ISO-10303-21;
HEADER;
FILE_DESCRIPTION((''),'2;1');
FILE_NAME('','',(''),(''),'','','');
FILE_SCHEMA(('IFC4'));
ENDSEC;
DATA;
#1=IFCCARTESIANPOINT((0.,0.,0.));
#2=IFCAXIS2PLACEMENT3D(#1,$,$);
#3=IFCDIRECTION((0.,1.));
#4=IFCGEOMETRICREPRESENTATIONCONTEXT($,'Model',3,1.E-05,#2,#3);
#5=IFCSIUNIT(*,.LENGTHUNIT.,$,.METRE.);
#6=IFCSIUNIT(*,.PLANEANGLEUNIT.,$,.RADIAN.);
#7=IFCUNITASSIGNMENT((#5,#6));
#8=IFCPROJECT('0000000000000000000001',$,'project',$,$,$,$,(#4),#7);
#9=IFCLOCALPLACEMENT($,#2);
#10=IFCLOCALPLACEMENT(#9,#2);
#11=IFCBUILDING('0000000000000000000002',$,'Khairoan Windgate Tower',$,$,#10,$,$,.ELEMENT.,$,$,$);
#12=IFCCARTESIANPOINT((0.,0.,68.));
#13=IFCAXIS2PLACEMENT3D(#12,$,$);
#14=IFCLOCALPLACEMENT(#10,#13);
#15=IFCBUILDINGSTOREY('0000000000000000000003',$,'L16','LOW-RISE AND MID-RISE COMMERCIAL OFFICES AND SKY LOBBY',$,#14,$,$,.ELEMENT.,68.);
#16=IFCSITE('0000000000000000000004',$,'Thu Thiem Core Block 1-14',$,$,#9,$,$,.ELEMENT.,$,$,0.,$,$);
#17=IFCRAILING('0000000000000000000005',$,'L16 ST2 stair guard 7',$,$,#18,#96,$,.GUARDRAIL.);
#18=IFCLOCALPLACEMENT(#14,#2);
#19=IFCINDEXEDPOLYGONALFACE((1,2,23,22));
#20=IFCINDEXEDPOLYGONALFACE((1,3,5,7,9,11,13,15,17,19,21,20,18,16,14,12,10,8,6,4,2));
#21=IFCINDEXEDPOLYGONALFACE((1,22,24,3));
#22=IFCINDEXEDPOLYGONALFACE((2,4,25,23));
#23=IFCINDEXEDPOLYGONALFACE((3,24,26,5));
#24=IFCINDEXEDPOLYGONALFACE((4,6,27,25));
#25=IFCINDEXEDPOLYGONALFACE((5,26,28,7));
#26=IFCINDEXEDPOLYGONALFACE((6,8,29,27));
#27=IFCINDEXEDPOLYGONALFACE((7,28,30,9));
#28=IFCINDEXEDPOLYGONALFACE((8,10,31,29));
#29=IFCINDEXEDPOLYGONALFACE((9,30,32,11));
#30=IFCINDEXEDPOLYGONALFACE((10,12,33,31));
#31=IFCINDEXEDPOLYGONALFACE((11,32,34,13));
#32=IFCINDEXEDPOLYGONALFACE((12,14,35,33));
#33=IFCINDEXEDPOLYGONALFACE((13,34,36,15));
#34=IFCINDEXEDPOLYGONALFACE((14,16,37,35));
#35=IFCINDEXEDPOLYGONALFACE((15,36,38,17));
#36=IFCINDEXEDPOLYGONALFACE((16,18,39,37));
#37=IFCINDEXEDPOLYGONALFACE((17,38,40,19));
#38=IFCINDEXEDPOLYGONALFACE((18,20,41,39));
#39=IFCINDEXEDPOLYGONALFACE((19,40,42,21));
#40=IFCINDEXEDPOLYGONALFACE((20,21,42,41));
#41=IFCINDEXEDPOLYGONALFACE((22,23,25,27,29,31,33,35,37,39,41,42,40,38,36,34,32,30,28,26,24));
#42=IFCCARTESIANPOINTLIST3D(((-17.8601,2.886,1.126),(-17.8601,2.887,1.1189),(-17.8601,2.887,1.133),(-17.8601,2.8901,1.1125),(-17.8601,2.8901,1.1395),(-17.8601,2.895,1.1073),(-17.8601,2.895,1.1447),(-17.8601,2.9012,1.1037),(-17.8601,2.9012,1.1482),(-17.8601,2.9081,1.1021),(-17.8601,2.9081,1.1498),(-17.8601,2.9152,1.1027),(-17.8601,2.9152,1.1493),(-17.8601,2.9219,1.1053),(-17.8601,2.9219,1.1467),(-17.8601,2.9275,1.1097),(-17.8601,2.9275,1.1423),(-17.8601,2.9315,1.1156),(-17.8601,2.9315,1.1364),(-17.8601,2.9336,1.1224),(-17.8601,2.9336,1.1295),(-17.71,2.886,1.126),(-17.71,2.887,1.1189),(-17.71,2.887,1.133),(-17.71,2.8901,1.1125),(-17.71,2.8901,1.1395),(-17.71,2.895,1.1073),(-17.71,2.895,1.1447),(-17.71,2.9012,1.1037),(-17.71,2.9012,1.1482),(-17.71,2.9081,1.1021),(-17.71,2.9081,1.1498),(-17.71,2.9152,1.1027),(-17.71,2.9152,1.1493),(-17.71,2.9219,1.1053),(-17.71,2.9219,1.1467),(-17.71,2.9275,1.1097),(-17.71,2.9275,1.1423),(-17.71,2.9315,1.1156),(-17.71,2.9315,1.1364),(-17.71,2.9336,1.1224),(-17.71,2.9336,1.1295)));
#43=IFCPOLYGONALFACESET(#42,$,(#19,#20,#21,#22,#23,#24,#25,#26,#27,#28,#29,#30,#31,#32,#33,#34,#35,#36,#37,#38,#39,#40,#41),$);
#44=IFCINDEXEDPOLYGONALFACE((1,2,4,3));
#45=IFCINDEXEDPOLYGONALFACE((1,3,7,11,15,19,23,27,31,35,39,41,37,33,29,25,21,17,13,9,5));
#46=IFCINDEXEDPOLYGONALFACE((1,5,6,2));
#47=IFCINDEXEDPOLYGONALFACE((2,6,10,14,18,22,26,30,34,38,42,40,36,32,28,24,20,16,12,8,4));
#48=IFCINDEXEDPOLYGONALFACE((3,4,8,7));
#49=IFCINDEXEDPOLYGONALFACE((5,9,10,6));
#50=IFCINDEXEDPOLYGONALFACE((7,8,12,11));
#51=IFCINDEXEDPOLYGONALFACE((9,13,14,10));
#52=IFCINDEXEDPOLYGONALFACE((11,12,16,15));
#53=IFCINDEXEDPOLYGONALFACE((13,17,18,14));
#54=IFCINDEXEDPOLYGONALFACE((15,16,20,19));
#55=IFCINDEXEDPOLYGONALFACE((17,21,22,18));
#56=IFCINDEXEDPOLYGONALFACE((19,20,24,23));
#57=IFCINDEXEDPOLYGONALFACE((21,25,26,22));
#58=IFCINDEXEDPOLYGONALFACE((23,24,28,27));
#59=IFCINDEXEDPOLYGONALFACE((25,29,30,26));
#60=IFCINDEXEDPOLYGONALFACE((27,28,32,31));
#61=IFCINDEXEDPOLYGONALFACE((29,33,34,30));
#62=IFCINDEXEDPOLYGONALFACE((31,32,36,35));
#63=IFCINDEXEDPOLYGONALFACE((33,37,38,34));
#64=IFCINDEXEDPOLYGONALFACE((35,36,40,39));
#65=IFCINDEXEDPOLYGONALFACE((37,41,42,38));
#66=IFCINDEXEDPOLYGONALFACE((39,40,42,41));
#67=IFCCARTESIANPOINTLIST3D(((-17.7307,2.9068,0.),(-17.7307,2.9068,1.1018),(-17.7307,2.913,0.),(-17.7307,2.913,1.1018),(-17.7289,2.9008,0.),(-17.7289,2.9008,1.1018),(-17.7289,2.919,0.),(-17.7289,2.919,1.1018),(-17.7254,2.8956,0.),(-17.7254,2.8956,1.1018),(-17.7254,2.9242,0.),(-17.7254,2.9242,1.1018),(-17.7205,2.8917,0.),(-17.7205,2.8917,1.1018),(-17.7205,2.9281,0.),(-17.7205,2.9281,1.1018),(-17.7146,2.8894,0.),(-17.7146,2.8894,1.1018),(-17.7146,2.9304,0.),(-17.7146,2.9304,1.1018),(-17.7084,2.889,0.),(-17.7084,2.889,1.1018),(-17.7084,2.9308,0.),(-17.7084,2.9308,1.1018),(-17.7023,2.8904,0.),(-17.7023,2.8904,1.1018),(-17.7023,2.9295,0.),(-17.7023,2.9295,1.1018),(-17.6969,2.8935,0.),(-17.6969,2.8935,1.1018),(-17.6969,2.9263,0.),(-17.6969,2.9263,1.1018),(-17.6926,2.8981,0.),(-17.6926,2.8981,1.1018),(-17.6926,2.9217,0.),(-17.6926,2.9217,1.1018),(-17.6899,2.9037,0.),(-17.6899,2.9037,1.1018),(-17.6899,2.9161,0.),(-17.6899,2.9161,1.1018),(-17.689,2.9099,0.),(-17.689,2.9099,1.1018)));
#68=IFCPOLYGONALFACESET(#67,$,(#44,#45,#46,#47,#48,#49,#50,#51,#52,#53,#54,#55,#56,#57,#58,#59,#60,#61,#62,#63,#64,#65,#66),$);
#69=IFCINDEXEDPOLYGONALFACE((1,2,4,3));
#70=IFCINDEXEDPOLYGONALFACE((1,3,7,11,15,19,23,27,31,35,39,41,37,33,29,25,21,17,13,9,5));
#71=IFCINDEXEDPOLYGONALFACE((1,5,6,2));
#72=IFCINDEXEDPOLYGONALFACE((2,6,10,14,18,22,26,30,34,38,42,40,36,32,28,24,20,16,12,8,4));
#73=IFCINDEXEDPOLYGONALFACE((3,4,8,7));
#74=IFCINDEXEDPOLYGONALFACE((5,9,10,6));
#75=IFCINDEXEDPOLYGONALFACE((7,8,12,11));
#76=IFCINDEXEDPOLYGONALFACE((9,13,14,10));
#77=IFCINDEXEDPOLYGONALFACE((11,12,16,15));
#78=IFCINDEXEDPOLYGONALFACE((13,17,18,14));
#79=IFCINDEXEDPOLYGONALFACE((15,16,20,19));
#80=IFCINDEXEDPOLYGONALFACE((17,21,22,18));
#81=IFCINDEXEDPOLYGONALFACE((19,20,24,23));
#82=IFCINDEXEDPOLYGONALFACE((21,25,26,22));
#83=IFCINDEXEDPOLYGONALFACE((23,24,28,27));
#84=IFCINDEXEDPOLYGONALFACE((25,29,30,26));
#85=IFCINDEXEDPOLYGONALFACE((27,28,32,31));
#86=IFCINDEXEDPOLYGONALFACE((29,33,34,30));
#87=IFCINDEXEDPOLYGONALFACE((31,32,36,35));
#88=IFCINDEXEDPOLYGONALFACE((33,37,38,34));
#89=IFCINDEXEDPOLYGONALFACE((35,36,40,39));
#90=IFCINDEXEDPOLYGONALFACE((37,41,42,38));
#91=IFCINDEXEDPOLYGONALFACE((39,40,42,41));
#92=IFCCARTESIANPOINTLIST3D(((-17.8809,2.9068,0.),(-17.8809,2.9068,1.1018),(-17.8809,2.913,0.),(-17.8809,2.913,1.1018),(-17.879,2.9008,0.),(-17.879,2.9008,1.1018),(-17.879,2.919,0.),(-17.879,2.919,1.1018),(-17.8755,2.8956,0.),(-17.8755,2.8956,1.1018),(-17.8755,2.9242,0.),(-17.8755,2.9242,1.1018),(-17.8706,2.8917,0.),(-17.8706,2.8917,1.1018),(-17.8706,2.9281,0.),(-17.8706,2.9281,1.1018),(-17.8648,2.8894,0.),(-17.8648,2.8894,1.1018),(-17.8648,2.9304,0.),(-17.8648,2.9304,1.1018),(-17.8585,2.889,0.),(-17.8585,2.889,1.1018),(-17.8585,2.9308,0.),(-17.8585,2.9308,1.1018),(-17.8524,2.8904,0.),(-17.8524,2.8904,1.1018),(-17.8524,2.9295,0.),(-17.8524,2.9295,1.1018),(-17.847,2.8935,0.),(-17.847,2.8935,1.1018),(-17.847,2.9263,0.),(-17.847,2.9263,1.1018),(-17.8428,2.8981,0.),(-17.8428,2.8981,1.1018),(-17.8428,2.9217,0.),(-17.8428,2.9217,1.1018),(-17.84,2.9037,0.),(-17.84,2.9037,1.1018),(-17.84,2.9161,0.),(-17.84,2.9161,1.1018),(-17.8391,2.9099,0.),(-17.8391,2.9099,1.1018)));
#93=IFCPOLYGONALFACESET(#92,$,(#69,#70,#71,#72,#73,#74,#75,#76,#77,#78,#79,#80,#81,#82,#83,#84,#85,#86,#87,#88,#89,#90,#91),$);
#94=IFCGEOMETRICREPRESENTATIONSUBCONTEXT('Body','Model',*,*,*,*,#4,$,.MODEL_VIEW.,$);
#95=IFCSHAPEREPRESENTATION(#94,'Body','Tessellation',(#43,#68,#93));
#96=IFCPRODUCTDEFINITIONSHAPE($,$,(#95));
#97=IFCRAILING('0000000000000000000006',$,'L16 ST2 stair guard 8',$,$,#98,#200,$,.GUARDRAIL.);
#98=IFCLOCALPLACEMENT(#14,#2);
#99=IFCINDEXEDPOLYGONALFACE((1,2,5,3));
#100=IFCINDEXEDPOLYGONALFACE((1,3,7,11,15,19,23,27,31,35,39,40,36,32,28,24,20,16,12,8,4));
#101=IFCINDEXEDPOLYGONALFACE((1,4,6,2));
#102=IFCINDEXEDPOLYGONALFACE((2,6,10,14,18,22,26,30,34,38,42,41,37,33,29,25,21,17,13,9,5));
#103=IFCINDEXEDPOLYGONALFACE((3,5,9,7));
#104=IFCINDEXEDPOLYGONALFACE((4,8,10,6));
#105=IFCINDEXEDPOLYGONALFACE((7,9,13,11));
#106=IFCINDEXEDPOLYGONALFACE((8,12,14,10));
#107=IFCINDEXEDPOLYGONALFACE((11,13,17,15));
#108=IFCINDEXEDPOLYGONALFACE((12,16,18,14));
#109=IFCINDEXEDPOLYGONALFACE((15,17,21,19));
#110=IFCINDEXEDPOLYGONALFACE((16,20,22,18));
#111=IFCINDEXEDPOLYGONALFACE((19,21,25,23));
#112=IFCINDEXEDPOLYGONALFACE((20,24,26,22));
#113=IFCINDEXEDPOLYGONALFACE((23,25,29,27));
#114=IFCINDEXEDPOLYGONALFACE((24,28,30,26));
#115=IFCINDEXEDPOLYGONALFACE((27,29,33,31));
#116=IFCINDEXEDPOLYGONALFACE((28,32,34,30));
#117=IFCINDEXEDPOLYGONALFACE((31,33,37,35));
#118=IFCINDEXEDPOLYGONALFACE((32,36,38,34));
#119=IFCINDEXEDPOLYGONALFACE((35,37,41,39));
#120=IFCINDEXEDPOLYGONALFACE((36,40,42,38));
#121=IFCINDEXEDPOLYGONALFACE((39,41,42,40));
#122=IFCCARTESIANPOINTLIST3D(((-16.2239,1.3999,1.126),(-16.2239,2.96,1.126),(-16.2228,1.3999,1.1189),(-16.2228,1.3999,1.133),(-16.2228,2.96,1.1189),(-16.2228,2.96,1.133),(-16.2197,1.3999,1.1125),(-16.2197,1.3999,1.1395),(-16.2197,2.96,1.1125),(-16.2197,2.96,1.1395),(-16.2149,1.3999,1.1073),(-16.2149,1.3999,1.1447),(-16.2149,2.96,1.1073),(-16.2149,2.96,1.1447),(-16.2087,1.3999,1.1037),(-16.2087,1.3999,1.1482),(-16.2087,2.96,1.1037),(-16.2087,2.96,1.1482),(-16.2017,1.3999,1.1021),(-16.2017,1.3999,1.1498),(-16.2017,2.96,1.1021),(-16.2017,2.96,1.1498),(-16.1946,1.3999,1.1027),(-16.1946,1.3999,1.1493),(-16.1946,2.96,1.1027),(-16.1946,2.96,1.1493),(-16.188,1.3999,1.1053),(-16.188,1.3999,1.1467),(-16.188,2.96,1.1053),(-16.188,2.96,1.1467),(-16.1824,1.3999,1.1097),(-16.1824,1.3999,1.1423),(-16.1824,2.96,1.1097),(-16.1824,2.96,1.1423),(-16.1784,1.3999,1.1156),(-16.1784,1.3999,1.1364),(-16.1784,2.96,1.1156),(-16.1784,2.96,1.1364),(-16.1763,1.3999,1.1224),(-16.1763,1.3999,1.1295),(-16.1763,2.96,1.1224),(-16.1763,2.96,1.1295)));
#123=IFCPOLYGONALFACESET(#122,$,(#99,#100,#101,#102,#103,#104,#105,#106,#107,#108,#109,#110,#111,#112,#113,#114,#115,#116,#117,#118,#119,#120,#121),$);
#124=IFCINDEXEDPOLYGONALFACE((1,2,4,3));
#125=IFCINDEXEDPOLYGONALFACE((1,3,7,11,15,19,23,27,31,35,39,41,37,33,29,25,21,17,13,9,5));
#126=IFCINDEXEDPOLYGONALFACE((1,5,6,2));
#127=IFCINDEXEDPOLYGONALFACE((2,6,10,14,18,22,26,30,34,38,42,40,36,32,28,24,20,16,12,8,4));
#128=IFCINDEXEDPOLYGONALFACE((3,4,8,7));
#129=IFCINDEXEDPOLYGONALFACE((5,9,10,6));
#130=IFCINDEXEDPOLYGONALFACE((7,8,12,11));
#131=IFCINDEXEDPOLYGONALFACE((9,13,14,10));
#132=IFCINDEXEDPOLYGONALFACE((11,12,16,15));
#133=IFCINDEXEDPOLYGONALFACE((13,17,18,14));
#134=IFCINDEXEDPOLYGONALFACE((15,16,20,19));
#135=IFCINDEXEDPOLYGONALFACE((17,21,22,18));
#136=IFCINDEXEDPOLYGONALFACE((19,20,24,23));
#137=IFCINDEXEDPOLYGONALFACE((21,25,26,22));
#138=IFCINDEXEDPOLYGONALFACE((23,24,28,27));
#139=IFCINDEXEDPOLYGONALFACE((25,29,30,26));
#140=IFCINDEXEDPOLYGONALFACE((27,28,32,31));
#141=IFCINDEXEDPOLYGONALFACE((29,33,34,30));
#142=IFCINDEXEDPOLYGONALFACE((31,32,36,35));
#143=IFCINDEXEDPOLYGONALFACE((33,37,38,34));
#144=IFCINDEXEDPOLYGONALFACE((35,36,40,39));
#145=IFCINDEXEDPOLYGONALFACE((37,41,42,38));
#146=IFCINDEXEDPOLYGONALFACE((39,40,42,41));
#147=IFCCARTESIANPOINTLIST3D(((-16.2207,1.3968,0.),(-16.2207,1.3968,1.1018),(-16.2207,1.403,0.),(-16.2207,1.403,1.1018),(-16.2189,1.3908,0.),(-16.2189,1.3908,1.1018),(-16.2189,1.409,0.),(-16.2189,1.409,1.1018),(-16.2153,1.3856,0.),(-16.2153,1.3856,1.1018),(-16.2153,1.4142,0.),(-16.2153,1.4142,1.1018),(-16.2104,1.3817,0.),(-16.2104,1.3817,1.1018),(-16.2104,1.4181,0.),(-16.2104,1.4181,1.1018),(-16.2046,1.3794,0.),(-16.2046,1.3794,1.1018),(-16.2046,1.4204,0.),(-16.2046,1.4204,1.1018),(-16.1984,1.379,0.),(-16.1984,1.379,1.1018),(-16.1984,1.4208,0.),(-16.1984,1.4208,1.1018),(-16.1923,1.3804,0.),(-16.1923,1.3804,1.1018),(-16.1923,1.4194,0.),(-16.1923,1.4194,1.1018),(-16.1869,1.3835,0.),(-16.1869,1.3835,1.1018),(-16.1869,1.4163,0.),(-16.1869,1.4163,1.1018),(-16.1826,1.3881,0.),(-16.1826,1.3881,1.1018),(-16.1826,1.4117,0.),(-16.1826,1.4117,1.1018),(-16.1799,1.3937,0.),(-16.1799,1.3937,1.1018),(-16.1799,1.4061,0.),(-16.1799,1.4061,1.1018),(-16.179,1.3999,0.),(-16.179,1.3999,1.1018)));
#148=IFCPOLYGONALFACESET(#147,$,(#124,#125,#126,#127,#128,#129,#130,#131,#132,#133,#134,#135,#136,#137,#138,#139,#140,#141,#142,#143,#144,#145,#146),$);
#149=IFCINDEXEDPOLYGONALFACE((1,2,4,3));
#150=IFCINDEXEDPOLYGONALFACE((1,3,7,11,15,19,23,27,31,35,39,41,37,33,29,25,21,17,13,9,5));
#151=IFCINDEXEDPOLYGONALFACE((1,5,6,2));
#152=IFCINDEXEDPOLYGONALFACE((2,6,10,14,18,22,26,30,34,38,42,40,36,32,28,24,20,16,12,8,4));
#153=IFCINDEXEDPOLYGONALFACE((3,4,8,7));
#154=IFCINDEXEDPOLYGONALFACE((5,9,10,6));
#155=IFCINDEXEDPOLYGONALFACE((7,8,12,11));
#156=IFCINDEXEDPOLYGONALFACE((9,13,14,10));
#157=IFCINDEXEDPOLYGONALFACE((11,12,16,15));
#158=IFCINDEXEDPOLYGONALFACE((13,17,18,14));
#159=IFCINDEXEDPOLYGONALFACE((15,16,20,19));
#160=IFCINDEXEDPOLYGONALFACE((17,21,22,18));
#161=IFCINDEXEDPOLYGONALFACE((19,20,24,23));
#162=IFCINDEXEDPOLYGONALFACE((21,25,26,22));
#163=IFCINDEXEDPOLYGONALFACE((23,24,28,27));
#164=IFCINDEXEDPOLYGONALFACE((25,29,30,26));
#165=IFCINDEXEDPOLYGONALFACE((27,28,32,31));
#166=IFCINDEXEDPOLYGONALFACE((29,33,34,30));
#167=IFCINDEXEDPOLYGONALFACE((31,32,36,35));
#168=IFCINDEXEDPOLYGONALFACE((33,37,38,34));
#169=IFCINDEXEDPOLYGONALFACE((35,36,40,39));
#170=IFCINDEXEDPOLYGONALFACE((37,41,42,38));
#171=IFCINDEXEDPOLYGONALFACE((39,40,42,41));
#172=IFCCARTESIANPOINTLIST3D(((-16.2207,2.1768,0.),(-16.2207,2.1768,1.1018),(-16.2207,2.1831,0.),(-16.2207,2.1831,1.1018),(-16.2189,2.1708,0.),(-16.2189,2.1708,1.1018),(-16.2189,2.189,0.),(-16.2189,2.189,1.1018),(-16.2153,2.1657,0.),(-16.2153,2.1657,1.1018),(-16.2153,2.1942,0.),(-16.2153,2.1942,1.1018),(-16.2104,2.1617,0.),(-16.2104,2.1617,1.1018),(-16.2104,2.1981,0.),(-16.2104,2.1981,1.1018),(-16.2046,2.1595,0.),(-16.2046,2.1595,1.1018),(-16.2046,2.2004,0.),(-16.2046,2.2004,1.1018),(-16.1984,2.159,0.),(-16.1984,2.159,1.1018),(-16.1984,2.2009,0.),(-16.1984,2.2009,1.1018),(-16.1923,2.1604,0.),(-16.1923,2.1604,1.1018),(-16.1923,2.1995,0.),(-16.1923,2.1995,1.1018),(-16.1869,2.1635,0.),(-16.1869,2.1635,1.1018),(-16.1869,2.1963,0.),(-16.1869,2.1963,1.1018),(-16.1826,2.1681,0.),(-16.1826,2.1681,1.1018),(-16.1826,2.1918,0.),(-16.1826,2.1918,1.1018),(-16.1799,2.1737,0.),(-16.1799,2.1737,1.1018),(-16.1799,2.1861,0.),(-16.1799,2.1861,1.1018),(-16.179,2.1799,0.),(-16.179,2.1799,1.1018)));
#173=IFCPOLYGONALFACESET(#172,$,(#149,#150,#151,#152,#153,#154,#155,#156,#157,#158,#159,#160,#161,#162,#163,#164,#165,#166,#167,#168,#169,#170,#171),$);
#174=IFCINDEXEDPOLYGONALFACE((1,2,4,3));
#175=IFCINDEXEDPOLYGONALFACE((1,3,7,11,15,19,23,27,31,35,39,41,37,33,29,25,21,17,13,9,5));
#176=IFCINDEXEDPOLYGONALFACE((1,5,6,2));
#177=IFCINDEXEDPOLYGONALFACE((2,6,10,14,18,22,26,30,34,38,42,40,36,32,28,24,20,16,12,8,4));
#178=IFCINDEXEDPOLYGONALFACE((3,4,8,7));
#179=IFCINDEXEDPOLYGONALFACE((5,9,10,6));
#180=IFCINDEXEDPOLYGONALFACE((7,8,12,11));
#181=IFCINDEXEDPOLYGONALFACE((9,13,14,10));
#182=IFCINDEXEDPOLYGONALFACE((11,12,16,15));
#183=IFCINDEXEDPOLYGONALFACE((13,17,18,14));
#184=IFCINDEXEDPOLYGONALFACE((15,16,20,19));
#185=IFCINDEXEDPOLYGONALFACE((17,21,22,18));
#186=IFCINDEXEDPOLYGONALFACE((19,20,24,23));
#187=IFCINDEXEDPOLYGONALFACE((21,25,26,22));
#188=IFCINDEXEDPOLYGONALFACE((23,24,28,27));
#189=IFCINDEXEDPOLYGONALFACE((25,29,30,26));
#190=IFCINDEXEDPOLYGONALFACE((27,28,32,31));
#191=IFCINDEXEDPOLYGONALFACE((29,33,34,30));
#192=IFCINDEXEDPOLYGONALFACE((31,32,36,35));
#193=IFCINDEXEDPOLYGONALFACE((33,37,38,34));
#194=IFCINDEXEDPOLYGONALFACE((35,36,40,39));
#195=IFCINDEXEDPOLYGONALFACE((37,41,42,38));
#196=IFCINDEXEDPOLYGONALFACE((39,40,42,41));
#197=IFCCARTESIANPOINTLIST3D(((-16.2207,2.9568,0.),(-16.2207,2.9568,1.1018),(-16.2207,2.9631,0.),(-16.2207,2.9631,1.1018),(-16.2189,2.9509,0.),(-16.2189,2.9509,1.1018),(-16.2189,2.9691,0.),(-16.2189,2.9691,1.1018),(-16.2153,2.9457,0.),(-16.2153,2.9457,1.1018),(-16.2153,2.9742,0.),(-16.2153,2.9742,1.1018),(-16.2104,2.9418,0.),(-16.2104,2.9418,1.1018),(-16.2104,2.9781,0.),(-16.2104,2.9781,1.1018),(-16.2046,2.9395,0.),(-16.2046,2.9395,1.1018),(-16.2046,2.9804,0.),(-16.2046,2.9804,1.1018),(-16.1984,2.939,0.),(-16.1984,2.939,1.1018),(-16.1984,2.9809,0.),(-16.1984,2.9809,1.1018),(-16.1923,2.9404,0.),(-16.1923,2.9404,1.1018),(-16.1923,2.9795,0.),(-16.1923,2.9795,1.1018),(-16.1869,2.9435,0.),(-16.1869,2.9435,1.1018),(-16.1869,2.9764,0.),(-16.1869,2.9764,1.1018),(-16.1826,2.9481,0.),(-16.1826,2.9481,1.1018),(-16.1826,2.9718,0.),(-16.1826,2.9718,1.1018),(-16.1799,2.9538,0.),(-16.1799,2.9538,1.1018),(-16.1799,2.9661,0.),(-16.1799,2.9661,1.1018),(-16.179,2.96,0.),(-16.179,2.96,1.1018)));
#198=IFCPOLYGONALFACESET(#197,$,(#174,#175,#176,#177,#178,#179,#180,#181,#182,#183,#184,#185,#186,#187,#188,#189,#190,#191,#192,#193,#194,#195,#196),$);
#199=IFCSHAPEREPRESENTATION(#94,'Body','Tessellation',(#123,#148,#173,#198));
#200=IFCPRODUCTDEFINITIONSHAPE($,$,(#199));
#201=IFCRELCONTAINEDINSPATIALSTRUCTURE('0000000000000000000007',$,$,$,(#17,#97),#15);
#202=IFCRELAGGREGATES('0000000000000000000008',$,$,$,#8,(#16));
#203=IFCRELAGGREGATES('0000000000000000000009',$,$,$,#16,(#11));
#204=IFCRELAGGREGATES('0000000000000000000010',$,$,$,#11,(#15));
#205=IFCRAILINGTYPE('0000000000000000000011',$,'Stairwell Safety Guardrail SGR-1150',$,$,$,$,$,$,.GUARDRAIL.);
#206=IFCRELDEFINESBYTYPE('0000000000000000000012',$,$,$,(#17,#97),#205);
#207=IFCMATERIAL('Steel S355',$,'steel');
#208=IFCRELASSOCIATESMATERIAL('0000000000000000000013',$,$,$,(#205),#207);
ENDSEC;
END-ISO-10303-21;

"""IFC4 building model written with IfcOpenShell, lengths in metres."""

from ifc_helpers import new_model, si_unit, direction, frame, origin, origin_2d, place, context, subcontext, project, spatial, circle, extrude, material, type_object, element, save


model = new_model("IFC4")

# Units and contexts
model_context = context("Model", 3, precision=1e-05, world=origin(), true_north=direction((0.0, 1.0)))
body_context = subcontext(model_context, "Body", "Model", "MODEL_VIEW")
ifc_project = project(units=[si_unit("LENGTHUNIT", "METRE"), si_unit("PLANEANGLEUNIT", "RADIAN")], contexts=[model_context])

# Site, building, storey
site_placement = place(None, origin())
site = spatial("IfcSite", under=ifc_project, at=site_placement, Name="Thu Thiem Core Block 1-14", CompositionType="ELEMENT", RefElevation=0.0)
building_placement = place(site_placement, origin())
building = spatial("IfcBuilding", under=site, at=building_placement, Name="Khairoan Windgate Tower", CompositionType="ELEMENT")
storey_placement = place(building_placement, frame((0.0, 0.0, 68.0)))
storey = spatial("IfcBuildingStorey", under=building, at=storey_placement, Name="L16", Description="LOW-RISE AND MID-RISE COMMERCIAL OFFICES AND SKY LOBBY", CompositionType="ELEMENT", Elevation=68.0)

# Railings
ifc_material_1 = material(Name="Steel S355", Category="steel")
railing_type_1 = type_object("IfcRailingType", Name="Stairwell Safety Guardrail SGR-1150", PredefinedType="GUARDRAIL", material=ifc_material_1)
railing_1_placement = place(storey_placement, frame((-17.71, 2.9099, 0.0)))
element("IfcRailing", 1, at=railing_1_placement, inside=storey, type_object=railing_type_1, Name="L16 ST2 stair guard 7", PredefinedType="GUARDRAIL", context=body_context, shape_type="SweptSolid", body=[
    extrude(circle(Radius=0.0239, at=origin_2d()), frame((0.0, 0.0, 1.126), z_axis=(-1.0, 0.0, 0.0), x_axis=(0.0, -1.0, 0.0)), (0.0, 0.0, 1.0), 0.1501),
    extrude(circle(Radius=0.021, at=origin_2d()), origin(), (0.0, 0.0, 1.0), 1.1018),
    extrude(circle(Radius=0.021, at=origin_2d()), frame((-0.1501, 0.0, 0.0)), (0.0, 0.0, 1.0), 1.1018),
])
for number, where, name in (
    (2, (-16.2, 1.3999, 0.0), "L16 ST2 stair guard 8"),
):
    element("IfcRailing", number, at=place(storey_placement, frame(where)), inside=storey, type_object=railing_type_1, Name=name, PredefinedType="GUARDRAIL", context=body_context, shape_type="SweptSolid", body=[
        extrude(circle(Radius=0.0239, at=origin_2d()), frame((0.0, 0.0, 1.126), z_axis=(0.0, 1.0, 0.0), x_axis=(-1.0, 0.0, 0.0)), (0.0, 0.0, 1.0), 1.5601),
        extrude(circle(Radius=0.021, at=origin_2d()), origin(), (0.0, 0.0, 1.0), 1.1018),
        extrude(circle(Radius=0.021, at=origin_2d()), frame((0.0, 0.78, 0.0)), (0.0, 0.0, 1.0), 1.1018),
        extrude(circle(Radius=0.021, at=origin_2d()), frame((0.0, 1.5601, 0.0)), (0.0, 0.0, 1.0), 1.1018),
    ])

save(model, "model.ifc")
